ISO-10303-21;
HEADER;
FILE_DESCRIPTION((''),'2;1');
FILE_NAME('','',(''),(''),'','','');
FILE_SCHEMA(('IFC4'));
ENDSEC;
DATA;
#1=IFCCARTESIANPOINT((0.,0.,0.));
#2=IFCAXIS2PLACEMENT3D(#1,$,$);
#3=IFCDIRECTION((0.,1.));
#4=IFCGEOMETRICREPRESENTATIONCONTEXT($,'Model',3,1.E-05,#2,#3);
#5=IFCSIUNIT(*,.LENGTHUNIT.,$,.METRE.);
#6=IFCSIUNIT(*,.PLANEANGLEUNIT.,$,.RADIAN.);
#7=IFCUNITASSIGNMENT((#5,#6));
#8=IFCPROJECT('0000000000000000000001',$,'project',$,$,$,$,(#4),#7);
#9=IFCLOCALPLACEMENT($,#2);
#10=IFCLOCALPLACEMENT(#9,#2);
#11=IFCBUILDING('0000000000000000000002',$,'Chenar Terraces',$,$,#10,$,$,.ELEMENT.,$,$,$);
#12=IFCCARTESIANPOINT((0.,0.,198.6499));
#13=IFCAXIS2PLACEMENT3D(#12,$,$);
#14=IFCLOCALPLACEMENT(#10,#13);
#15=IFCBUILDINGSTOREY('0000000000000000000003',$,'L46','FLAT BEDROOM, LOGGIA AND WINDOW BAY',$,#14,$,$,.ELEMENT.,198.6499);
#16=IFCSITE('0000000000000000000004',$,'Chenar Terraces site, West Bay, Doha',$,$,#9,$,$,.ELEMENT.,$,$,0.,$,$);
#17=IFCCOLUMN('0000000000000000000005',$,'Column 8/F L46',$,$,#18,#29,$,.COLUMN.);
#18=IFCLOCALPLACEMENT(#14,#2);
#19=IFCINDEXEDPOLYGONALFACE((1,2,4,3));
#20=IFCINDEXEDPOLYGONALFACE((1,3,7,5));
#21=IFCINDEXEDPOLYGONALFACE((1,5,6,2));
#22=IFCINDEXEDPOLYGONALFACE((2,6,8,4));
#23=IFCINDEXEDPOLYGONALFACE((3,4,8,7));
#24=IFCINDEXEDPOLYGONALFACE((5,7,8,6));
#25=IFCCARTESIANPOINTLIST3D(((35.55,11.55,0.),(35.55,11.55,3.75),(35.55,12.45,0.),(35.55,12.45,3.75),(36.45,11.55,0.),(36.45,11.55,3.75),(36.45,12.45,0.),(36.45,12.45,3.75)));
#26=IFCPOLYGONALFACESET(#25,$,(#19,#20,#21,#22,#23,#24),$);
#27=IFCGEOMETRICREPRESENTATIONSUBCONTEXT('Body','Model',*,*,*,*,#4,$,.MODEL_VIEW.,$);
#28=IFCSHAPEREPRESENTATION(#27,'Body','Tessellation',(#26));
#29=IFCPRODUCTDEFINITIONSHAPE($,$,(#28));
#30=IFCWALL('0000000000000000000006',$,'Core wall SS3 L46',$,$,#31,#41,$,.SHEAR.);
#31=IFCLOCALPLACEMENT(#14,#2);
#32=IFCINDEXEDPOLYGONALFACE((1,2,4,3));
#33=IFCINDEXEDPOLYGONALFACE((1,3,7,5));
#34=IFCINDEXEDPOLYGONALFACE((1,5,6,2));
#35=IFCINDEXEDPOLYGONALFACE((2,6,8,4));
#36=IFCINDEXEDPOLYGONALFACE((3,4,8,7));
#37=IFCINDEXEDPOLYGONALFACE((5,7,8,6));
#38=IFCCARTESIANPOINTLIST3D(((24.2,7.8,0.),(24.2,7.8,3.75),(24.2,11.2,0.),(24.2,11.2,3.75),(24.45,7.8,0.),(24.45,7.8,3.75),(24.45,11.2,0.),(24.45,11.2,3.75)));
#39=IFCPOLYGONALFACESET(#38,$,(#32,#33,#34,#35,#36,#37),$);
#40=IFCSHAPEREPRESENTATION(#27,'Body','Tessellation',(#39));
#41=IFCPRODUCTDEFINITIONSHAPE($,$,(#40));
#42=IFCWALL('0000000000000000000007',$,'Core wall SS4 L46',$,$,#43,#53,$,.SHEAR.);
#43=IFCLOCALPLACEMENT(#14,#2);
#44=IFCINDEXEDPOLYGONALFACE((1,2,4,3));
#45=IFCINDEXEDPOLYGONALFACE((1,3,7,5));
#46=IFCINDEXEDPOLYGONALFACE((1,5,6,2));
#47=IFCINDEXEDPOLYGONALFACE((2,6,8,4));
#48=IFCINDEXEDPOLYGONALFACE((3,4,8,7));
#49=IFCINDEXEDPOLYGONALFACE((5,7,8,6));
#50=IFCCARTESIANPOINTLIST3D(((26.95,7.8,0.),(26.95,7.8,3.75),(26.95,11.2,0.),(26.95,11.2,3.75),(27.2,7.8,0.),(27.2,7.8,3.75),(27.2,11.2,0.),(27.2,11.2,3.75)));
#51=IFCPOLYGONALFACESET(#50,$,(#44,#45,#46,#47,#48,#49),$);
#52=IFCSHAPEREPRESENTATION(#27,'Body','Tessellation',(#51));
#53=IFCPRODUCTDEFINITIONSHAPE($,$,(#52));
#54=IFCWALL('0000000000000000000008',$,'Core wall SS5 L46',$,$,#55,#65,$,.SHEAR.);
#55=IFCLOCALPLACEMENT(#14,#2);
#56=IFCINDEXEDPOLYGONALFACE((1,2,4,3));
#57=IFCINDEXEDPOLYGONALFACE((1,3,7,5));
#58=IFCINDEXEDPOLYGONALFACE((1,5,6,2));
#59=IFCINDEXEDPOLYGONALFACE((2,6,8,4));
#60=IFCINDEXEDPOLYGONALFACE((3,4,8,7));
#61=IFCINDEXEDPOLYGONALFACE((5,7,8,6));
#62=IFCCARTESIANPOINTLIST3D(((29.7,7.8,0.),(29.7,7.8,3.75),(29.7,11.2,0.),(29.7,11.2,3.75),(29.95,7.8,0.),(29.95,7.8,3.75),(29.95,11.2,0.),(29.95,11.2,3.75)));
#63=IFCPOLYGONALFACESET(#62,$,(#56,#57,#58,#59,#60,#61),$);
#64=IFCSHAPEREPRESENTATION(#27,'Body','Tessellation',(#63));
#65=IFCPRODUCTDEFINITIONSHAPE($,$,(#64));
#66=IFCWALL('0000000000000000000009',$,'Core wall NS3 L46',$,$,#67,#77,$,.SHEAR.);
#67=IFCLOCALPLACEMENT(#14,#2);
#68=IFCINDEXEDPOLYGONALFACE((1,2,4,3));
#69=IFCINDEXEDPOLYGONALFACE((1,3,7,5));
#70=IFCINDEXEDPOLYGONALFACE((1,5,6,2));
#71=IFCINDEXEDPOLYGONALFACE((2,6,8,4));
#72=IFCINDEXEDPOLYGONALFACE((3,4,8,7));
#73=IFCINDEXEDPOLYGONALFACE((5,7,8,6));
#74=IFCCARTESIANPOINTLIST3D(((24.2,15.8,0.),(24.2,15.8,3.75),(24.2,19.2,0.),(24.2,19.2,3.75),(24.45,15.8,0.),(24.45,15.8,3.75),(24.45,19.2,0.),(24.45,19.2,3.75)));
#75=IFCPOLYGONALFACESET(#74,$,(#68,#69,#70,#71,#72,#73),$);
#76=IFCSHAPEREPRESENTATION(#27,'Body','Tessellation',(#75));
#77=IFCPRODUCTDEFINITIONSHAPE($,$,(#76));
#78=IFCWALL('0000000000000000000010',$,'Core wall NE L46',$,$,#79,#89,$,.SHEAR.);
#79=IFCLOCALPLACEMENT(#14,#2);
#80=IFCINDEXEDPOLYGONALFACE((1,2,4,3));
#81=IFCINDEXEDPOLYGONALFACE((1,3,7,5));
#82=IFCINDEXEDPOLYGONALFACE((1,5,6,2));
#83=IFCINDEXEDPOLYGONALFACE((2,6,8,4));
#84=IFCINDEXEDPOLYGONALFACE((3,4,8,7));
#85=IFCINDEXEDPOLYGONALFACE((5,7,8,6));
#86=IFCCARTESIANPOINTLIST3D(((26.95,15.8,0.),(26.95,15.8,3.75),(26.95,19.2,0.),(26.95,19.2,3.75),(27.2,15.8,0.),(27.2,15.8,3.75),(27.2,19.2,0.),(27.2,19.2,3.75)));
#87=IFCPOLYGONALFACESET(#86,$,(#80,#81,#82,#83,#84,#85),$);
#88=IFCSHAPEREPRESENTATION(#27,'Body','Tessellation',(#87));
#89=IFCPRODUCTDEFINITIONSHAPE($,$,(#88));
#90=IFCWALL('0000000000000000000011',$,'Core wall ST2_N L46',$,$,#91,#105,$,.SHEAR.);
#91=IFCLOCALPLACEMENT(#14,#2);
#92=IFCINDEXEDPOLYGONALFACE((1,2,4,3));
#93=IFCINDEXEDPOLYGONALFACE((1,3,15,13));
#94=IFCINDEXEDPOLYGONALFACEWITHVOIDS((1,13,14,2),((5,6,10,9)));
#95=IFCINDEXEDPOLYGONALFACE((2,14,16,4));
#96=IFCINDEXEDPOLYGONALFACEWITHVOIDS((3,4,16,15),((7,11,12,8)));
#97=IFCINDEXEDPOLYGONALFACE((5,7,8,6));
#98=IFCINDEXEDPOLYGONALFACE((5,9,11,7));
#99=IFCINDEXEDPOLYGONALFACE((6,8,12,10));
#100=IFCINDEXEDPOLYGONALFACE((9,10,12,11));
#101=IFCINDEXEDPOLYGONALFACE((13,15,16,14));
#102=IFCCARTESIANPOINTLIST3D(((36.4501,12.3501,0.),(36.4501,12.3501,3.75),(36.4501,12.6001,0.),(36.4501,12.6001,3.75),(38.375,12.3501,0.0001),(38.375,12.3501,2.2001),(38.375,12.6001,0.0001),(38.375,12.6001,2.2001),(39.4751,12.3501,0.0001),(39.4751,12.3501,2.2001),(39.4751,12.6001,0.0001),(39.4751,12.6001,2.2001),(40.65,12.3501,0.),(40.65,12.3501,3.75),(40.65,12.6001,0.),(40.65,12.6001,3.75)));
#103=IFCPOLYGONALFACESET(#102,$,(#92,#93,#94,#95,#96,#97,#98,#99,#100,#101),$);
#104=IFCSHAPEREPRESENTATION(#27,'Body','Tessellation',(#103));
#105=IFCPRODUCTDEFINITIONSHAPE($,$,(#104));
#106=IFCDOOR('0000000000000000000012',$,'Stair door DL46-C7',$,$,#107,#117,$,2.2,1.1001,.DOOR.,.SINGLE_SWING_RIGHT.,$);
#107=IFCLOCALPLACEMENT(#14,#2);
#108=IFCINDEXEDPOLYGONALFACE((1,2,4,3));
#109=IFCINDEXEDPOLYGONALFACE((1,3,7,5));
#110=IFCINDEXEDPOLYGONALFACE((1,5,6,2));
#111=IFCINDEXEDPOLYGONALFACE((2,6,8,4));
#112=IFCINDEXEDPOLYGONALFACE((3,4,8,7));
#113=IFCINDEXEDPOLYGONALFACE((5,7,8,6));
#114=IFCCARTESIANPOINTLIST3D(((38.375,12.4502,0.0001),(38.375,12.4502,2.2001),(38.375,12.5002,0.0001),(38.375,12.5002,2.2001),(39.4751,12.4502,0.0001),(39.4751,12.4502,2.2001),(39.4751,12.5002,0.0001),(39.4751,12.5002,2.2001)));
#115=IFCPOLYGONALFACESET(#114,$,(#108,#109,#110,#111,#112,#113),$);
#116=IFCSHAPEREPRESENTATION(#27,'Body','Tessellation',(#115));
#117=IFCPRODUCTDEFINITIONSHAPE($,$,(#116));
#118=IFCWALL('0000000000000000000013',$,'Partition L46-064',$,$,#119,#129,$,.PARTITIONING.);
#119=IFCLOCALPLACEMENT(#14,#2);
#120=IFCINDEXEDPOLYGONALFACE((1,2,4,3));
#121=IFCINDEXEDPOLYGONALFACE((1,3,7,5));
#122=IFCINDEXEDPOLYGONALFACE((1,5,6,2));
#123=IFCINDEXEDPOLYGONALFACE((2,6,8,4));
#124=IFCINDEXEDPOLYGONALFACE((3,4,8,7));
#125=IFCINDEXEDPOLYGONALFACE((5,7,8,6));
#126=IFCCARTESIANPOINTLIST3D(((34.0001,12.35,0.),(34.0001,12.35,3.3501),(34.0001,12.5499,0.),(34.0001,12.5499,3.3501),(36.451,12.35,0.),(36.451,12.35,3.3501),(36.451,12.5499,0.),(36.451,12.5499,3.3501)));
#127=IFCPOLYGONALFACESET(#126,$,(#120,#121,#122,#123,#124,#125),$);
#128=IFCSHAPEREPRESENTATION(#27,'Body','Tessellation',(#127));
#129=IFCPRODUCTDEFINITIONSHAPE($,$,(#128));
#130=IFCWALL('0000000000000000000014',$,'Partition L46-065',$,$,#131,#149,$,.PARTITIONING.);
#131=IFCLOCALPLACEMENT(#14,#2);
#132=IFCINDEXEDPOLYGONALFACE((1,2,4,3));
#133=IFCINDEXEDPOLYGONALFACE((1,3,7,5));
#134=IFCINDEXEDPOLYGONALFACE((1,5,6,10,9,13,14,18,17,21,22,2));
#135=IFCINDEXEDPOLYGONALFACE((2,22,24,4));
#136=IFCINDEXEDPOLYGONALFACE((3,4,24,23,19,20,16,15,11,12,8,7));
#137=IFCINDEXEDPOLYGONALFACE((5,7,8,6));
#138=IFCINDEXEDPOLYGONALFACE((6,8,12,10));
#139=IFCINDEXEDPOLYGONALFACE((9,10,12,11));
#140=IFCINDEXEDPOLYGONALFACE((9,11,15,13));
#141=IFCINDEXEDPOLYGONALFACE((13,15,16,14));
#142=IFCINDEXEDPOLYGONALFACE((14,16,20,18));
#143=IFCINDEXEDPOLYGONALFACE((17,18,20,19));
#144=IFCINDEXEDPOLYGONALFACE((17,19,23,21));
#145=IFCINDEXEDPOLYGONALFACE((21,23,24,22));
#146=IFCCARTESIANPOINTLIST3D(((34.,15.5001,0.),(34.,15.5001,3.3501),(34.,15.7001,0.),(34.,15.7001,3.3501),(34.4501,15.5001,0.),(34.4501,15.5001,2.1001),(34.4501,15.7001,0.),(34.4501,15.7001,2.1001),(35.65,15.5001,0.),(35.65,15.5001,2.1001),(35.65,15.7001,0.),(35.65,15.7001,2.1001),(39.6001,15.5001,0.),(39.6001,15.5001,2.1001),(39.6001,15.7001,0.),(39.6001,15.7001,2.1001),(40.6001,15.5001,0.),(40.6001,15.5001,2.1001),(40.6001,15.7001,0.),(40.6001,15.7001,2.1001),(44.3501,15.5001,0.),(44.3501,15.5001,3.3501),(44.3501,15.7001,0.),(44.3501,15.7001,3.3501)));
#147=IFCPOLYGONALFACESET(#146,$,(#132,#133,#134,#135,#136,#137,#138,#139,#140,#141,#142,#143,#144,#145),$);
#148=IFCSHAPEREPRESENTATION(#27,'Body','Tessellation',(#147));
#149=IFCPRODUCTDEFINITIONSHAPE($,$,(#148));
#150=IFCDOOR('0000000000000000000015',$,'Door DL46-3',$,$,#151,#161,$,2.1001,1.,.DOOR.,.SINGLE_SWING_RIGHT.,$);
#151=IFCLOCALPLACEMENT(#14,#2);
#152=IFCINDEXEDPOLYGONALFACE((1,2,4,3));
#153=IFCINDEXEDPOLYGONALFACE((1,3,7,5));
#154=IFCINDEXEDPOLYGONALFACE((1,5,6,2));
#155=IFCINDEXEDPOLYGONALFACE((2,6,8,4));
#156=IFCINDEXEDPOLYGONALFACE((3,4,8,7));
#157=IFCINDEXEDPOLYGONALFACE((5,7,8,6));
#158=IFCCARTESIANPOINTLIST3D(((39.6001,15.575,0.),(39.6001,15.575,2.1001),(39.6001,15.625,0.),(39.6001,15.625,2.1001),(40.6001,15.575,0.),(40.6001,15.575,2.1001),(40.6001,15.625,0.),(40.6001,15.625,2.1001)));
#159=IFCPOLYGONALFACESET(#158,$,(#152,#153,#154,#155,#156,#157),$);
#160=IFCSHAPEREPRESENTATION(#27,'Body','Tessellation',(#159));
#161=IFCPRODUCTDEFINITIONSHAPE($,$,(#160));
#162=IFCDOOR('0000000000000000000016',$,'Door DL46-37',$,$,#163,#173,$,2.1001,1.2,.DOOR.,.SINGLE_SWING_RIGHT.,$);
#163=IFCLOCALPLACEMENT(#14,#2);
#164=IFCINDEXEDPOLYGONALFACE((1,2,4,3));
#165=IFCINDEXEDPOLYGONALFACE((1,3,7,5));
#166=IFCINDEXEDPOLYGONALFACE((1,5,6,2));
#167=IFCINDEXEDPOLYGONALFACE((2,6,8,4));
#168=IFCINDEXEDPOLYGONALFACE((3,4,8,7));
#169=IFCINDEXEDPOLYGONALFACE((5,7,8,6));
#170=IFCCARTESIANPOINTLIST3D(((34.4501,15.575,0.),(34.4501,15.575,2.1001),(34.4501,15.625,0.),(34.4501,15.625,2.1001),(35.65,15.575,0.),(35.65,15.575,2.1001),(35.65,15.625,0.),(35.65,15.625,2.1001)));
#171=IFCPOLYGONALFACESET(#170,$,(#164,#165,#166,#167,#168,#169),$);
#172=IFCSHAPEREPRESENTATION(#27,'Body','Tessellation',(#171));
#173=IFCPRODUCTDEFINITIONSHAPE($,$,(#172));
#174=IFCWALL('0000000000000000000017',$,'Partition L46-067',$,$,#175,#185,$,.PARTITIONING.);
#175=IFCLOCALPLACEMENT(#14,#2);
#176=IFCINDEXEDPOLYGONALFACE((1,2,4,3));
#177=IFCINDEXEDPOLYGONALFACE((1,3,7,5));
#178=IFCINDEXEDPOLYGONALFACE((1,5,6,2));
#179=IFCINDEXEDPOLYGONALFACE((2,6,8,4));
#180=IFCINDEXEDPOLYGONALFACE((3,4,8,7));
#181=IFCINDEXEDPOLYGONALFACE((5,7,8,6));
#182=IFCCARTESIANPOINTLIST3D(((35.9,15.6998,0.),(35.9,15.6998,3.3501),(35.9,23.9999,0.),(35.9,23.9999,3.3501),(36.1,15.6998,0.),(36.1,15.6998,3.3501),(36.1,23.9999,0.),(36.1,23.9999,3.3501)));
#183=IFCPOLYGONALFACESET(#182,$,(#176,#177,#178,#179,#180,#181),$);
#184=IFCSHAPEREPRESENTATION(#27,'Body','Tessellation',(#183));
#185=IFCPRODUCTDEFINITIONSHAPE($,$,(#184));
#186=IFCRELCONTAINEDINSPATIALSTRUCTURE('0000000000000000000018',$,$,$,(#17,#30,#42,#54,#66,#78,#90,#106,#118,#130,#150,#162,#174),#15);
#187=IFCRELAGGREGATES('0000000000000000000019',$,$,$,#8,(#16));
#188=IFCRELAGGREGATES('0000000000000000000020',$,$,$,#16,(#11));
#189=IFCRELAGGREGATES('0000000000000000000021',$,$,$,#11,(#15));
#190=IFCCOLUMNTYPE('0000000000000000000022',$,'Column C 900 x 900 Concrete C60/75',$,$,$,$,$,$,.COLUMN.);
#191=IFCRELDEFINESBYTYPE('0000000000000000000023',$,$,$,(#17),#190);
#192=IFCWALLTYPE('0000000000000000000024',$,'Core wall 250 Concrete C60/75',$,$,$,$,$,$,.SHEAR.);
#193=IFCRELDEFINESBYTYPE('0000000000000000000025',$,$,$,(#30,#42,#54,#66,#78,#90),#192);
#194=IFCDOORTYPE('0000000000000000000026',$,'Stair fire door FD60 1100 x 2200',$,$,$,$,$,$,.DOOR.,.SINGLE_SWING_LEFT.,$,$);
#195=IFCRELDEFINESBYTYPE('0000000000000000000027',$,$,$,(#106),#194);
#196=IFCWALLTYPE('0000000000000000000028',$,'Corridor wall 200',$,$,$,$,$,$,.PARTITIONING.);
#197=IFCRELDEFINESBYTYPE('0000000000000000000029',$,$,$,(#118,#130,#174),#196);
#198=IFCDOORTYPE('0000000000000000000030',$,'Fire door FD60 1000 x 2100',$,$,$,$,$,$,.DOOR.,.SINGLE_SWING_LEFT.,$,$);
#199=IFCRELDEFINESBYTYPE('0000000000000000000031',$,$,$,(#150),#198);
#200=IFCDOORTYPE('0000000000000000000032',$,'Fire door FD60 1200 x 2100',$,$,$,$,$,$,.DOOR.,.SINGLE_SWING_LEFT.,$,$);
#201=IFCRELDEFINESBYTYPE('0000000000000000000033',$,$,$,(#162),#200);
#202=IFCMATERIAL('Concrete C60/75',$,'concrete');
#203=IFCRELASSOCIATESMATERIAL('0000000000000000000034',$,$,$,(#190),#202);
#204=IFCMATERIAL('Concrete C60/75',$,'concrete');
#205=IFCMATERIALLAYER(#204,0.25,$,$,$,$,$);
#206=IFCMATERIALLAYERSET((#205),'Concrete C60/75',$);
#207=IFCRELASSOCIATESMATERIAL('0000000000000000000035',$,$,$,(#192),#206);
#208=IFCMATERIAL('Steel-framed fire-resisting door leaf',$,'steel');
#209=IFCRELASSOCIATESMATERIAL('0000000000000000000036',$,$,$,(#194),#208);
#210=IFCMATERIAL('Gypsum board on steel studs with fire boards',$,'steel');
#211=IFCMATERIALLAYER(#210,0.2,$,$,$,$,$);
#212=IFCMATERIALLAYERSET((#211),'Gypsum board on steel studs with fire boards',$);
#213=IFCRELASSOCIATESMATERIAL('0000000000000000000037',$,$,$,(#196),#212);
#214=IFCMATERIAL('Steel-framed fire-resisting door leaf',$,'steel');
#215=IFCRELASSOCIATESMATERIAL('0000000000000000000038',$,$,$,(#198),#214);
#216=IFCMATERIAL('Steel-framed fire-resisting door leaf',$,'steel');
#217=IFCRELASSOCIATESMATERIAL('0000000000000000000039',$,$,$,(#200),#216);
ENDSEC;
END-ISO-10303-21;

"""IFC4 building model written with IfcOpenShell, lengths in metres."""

from ifc_helpers import new_model, si_unit, direction, frame, frame_2d, origin, origin_2d, place, context, subcontext, project, spatial, rectangle, extrude, material, layer, layer_set, material_profile, profile_set, type_object, element, fill, save


model = new_model("IFC4")

# Units and contexts
model_context = context("Model", 3, precision=1e-05, world=origin(), true_north=direction((0.0, 1.0)))
body_context = subcontext(model_context, "Body", "Model", "MODEL_VIEW")
ifc_project = project(units=[si_unit("LENGTHUNIT", "METRE"), si_unit("PLANEANGLEUNIT", "RADIAN")], contexts=[model_context])

# Site, building, storey
site_placement = place(None, origin())
site = spatial("IfcSite", under=ifc_project, at=site_placement, Name="Chenar Terraces site, West Bay, Doha", CompositionType="ELEMENT", RefElevation=0.0)
building_placement = place(site_placement, origin())
building = spatial("IfcBuilding", under=site, at=building_placement, Name="Chenar Terraces", CompositionType="ELEMENT")
storey_placement = place(building_placement, frame((0.0, 0.0, 198.6499)))
storey = spatial("IfcBuildingStorey", under=building, at=storey_placement, Name="L46", Description="FLAT BEDROOM, LOGGIA AND WINDOW BAY", CompositionType="ELEMENT", Elevation=198.6499)

# Column
ifc_material_1 = material(Name="Concrete C60/75", Category="concrete")
ifc_material_profile = material_profile(ifc_material_1, rectangle(XDim=0.8999, YDim=0.8999, at=origin_2d()), Name="C 900 x 900")
ifc_profile_set = profile_set([ifc_material_profile], Name="Concrete C60/75")
column_type = type_object("IfcColumnType", Name="Column C 900 x 900 Concrete C60/75", PredefinedType="COLUMN", material=ifc_profile_set)
column_placement = place(storey_placement, frame((36.0, 12.0, 0.0), z_axis=(0.0, 0.0, 1.0), x_axis=(1.0, 0.0, 0.0)))
element("IfcColumn", 1, at=column_placement, inside=storey, type_object=column_type, Name="Column 8/F L46", PredefinedType="COLUMN", context=body_context, shape_type="SweptSolid", body=[
    extrude(rectangle(XDim=0.8999, YDim=0.8999, at=origin_2d()), origin(), (0.0, 0.0, 1.0), 3.75),
])

# Walls
ifc_material_2 = material(Name="Concrete C60/75", Category="concrete")
ifc_layer_1 = layer(ifc_material_2, 0.25)
ifc_layer_set_1 = layer_set([ifc_layer_1], Name="Concrete C60/75")
wall_type_1 = type_object("IfcWallType", Name="Core wall 250 Concrete C60/75", PredefinedType="SHEAR", material=ifc_layer_set_1)
for number, where, z_axis, x_axis, name in (
    (2, (24.325, 7.8, 0.0), (0.0, 0.0, 1.0), (0.0, 1.0, 0.0), "Core wall SS3 L46"),
    (3, (27.075, 7.8, 0.0), (0.0, 0.0, 1.0), (0.0, 1.0, 0.0), "Core wall SS4 L46"),
    (4, (29.825, 7.8, 0.0), (0.0, 0.0, 1.0), (0.0, 1.0, 0.0), "Core wall SS5 L46"),
    (5, (24.325, 15.8, 0.0), (0.0, 0.0, 1.0), (0.0, 1.0, 0.0), "Core wall NS3 L46"),
    (6, (27.075, 15.8, 0.0), (0.0, 0.0, 1.0), (0.0, 1.0, 0.0), "Core wall NE L46"),
):
    element("IfcWall", number, at=place(storey_placement, frame(where, z_axis=z_axis, x_axis=x_axis)), inside=storey, type_object=wall_type_1, Name=name, PredefinedType="SHEAR", context=body_context, shape_type="SweptSolid", body=[
        extrude(rectangle(XDim=3.3999, YDim=0.25, at=frame_2d((1.7, 0.0))), origin(), (0.0, 0.0, 1.0), 3.75),
    ])

# Wall, opening, door
wall_1_placement = place(storey_placement, frame((36.45, 12.4751, 0.0), z_axis=(0.0, 0.0, 1.0), x_axis=(1.0, 0.0, 0.0)))
wall_1 = element("IfcWall", 7, at=wall_1_placement, inside=storey, type_object=wall_type_1, Name="Core wall ST2_N L46", PredefinedType="SHEAR", context=body_context, shape_type="SweptSolid", body=[
    extrude(rectangle(XDim=4.2, YDim=0.25, at=frame_2d((2.1001, 0.0))), origin(), (0.0, 0.0, 1.0), 3.75),
])
opening_1_placement = place(wall_1_placement, frame((1.925, 0.0, 0.0)))
opening_1 = element("IfcOpeningElement", 8, at=opening_1_placement, cuts=wall_1, PredefinedType="OPENING", context=body_context, shape_type="SweptSolid", body=[
    extrude(rectangle(XDim=1.1001, YDim=2.2, at=frame_2d((0.55, 1.1001))), frame((0.0, 0.135, 0.0), z_axis=(0.0, -1.0, 0.0), x_axis=(1.0, 0.0, 0.0)), (0.0, 0.0, 1.0), 0.27),
])
ifc_material_3 = material(Name="Steel-framed fire-resisting door leaf", Category="steel")
door_type_1 = type_object("IfcDoorType", Name="Stair fire door FD60 1100 x 2200", OperationType="SINGLE_SWING_LEFT", PredefinedType="DOOR", material=ifc_material_3)
door_1_placement = place(opening_1_placement, frame((1.1001, 0.0, 0.0), z_axis=(0.0, 0.0, 1.0), x_axis=(-1.0, 0.0, 0.0)))
door_1 = element("IfcDoor", 9, at=door_1_placement, inside=storey, type_object=door_type_1, Name="Stair door DL46-C7", OperationType="SINGLE_SWING_RIGHT", OverallHeight=2.2, OverallWidth=1.1001, PredefinedType="DOOR", context=body_context, shape_type="SweptSolid", body=[
    extrude(rectangle(XDim=1.1001, YDim=2.2, at=frame_2d((0.55, 1.1001))), frame((0.0, 0.0249, 0.0), z_axis=(0.0, -1.0, 0.0), x_axis=(1.0, 0.0, 0.0)), (0.0, 0.0, 1.0), 0.05),
])
fill(opening_1, door_1)

# Wall
ifc_material_4 = material(Name="Gypsum board on steel studs with fire boards", Category="steel")
ifc_layer_2 = layer(ifc_material_4, 0.2)
ifc_layer_set_2 = layer_set([ifc_layer_2], Name="Gypsum board on steel studs with fire boards")
wall_type_2 = type_object("IfcWallType", Name="Corridor wall 200", PredefinedType="PARTITIONING", material=ifc_layer_set_2)
wall_2_placement = place(storey_placement, frame((34.0, 12.45, 0.0), z_axis=(0.0, 0.0, 1.0), x_axis=(1.0, 0.0, 0.0)))
element("IfcWall", 10, at=wall_2_placement, inside=storey, type_object=wall_type_2, Name="Partition L46-064", PredefinedType="PARTITIONING", context=body_context, shape_type="SweptSolid", body=[
    extrude(rectangle(XDim=2.4509, YDim=0.2, at=frame_2d((1.2256, 0.0))), origin(), (0.0, 0.0, 1.0), 3.3501),
])

# Wall, openings, doors
wall_3_placement = place(storey_placement, frame((34.0, 15.6001, 0.0), z_axis=(0.0, 0.0, 1.0), x_axis=(1.0, 0.0, 0.0)))
wall_3 = element("IfcWall", 11, at=wall_3_placement, inside=storey, type_object=wall_type_2, Name="Partition L46-065", PredefinedType="PARTITIONING", context=body_context, shape_type="SweptSolid", body=[
    extrude(rectangle(XDim=10.3501, YDim=0.2, at=frame_2d((5.175, 0.0))), origin(), (0.0, 0.0, 1.0), 3.3501),
])
opening_2_placement = place(wall_3_placement, frame((5.6001, 0.0, 0.0)))
opening_2 = element("IfcOpeningElement", 12, at=opening_2_placement, cuts=wall_3, PredefinedType="OPENING", context=body_context, shape_type="SweptSolid", body=[
    extrude(rectangle(XDim=1.0, YDim=2.1001, at=frame_2d((0.5, 1.05))), frame((0.0, 0.1099, 0.0), z_axis=(0.0, -1.0, 0.0), x_axis=(1.0, 0.0, 0.0)), (0.0, 0.0, 1.0), 0.22),
])
opening_3_placement = place(wall_3_placement, frame((0.45, 0.0, 0.0)))
opening_3 = element("IfcOpeningElement", 13, at=opening_3_placement, cuts=wall_3, PredefinedType="OPENING", context=body_context, shape_type="SweptSolid", body=[
    extrude(rectangle(XDim=1.2, YDim=2.1001, at=frame_2d((0.6001, 1.05))), frame((0.0, 0.1099, 0.0), z_axis=(0.0, -1.0, 0.0), x_axis=(1.0, 0.0, 0.0)), (0.0, 0.0, 1.0), 0.22),
])
ifc_material_5 = material(Name="Steel-framed fire-resisting door leaf", Category="steel")
door_type_2 = type_object("IfcDoorType", Name="Fire door FD60 1000 x 2100", OperationType="SINGLE_SWING_LEFT", PredefinedType="DOOR", material=ifc_material_5)
door_2_placement = place(opening_2_placement, origin())
door_2 = element("IfcDoor", 14, at=door_2_placement, inside=storey, type_object=door_type_2, Name="Door DL46-3", OperationType="SINGLE_SWING_RIGHT", OverallHeight=2.1001, OverallWidth=1.0, PredefinedType="DOOR", context=body_context, shape_type="SweptSolid", body=[
    extrude(rectangle(XDim=1.0, YDim=2.1001, at=frame_2d((0.5, 1.05))), frame((0.0, 0.0249, 0.0), z_axis=(0.0, -1.0, 0.0), x_axis=(1.0, 0.0, 0.0)), (0.0, 0.0, 1.0), 0.05),
])
fill(opening_2, door_2)
ifc_material_6 = material(Name="Steel-framed fire-resisting door leaf", Category="steel")
door_type_3 = type_object("IfcDoorType", Name="Fire door FD60 1200 x 2100", OperationType="SINGLE_SWING_LEFT", PredefinedType="DOOR", material=ifc_material_6)
door_3_placement = place(opening_3_placement, origin())
door_3 = element("IfcDoor", 15, at=door_3_placement, inside=storey, type_object=door_type_3, Name="Door DL46-37", OperationType="SINGLE_SWING_RIGHT", OverallHeight=2.1001, OverallWidth=1.2, PredefinedType="DOOR", context=body_context, shape_type="SweptSolid", body=[
    extrude(rectangle(XDim=1.2, YDim=2.1001, at=frame_2d((0.6001, 1.05))), frame((0.0, 0.0249, 0.0), z_axis=(0.0, -1.0, 0.0), x_axis=(1.0, 0.0, 0.0)), (0.0, 0.0, 1.0), 0.05),
])
fill(opening_3, door_3)

# Wall
wall_4_placement = place(storey_placement, frame((36.0, 15.7, 0.0), z_axis=(0.0, 0.0, 1.0), x_axis=(0.0, 1.0, 0.0)))
element("IfcWall", 16, at=wall_4_placement, inside=storey, type_object=wall_type_2, Name="Partition L46-067", PredefinedType="PARTITIONING", context=body_context, shape_type="SweptSolid", body=[
    extrude(rectangle(XDim=8.3, YDim=0.2, at=frame_2d((4.1499, 0.0))), origin(), (0.0, 0.0, 1.0), 3.3501),
])

save(model, "model.ifc")
